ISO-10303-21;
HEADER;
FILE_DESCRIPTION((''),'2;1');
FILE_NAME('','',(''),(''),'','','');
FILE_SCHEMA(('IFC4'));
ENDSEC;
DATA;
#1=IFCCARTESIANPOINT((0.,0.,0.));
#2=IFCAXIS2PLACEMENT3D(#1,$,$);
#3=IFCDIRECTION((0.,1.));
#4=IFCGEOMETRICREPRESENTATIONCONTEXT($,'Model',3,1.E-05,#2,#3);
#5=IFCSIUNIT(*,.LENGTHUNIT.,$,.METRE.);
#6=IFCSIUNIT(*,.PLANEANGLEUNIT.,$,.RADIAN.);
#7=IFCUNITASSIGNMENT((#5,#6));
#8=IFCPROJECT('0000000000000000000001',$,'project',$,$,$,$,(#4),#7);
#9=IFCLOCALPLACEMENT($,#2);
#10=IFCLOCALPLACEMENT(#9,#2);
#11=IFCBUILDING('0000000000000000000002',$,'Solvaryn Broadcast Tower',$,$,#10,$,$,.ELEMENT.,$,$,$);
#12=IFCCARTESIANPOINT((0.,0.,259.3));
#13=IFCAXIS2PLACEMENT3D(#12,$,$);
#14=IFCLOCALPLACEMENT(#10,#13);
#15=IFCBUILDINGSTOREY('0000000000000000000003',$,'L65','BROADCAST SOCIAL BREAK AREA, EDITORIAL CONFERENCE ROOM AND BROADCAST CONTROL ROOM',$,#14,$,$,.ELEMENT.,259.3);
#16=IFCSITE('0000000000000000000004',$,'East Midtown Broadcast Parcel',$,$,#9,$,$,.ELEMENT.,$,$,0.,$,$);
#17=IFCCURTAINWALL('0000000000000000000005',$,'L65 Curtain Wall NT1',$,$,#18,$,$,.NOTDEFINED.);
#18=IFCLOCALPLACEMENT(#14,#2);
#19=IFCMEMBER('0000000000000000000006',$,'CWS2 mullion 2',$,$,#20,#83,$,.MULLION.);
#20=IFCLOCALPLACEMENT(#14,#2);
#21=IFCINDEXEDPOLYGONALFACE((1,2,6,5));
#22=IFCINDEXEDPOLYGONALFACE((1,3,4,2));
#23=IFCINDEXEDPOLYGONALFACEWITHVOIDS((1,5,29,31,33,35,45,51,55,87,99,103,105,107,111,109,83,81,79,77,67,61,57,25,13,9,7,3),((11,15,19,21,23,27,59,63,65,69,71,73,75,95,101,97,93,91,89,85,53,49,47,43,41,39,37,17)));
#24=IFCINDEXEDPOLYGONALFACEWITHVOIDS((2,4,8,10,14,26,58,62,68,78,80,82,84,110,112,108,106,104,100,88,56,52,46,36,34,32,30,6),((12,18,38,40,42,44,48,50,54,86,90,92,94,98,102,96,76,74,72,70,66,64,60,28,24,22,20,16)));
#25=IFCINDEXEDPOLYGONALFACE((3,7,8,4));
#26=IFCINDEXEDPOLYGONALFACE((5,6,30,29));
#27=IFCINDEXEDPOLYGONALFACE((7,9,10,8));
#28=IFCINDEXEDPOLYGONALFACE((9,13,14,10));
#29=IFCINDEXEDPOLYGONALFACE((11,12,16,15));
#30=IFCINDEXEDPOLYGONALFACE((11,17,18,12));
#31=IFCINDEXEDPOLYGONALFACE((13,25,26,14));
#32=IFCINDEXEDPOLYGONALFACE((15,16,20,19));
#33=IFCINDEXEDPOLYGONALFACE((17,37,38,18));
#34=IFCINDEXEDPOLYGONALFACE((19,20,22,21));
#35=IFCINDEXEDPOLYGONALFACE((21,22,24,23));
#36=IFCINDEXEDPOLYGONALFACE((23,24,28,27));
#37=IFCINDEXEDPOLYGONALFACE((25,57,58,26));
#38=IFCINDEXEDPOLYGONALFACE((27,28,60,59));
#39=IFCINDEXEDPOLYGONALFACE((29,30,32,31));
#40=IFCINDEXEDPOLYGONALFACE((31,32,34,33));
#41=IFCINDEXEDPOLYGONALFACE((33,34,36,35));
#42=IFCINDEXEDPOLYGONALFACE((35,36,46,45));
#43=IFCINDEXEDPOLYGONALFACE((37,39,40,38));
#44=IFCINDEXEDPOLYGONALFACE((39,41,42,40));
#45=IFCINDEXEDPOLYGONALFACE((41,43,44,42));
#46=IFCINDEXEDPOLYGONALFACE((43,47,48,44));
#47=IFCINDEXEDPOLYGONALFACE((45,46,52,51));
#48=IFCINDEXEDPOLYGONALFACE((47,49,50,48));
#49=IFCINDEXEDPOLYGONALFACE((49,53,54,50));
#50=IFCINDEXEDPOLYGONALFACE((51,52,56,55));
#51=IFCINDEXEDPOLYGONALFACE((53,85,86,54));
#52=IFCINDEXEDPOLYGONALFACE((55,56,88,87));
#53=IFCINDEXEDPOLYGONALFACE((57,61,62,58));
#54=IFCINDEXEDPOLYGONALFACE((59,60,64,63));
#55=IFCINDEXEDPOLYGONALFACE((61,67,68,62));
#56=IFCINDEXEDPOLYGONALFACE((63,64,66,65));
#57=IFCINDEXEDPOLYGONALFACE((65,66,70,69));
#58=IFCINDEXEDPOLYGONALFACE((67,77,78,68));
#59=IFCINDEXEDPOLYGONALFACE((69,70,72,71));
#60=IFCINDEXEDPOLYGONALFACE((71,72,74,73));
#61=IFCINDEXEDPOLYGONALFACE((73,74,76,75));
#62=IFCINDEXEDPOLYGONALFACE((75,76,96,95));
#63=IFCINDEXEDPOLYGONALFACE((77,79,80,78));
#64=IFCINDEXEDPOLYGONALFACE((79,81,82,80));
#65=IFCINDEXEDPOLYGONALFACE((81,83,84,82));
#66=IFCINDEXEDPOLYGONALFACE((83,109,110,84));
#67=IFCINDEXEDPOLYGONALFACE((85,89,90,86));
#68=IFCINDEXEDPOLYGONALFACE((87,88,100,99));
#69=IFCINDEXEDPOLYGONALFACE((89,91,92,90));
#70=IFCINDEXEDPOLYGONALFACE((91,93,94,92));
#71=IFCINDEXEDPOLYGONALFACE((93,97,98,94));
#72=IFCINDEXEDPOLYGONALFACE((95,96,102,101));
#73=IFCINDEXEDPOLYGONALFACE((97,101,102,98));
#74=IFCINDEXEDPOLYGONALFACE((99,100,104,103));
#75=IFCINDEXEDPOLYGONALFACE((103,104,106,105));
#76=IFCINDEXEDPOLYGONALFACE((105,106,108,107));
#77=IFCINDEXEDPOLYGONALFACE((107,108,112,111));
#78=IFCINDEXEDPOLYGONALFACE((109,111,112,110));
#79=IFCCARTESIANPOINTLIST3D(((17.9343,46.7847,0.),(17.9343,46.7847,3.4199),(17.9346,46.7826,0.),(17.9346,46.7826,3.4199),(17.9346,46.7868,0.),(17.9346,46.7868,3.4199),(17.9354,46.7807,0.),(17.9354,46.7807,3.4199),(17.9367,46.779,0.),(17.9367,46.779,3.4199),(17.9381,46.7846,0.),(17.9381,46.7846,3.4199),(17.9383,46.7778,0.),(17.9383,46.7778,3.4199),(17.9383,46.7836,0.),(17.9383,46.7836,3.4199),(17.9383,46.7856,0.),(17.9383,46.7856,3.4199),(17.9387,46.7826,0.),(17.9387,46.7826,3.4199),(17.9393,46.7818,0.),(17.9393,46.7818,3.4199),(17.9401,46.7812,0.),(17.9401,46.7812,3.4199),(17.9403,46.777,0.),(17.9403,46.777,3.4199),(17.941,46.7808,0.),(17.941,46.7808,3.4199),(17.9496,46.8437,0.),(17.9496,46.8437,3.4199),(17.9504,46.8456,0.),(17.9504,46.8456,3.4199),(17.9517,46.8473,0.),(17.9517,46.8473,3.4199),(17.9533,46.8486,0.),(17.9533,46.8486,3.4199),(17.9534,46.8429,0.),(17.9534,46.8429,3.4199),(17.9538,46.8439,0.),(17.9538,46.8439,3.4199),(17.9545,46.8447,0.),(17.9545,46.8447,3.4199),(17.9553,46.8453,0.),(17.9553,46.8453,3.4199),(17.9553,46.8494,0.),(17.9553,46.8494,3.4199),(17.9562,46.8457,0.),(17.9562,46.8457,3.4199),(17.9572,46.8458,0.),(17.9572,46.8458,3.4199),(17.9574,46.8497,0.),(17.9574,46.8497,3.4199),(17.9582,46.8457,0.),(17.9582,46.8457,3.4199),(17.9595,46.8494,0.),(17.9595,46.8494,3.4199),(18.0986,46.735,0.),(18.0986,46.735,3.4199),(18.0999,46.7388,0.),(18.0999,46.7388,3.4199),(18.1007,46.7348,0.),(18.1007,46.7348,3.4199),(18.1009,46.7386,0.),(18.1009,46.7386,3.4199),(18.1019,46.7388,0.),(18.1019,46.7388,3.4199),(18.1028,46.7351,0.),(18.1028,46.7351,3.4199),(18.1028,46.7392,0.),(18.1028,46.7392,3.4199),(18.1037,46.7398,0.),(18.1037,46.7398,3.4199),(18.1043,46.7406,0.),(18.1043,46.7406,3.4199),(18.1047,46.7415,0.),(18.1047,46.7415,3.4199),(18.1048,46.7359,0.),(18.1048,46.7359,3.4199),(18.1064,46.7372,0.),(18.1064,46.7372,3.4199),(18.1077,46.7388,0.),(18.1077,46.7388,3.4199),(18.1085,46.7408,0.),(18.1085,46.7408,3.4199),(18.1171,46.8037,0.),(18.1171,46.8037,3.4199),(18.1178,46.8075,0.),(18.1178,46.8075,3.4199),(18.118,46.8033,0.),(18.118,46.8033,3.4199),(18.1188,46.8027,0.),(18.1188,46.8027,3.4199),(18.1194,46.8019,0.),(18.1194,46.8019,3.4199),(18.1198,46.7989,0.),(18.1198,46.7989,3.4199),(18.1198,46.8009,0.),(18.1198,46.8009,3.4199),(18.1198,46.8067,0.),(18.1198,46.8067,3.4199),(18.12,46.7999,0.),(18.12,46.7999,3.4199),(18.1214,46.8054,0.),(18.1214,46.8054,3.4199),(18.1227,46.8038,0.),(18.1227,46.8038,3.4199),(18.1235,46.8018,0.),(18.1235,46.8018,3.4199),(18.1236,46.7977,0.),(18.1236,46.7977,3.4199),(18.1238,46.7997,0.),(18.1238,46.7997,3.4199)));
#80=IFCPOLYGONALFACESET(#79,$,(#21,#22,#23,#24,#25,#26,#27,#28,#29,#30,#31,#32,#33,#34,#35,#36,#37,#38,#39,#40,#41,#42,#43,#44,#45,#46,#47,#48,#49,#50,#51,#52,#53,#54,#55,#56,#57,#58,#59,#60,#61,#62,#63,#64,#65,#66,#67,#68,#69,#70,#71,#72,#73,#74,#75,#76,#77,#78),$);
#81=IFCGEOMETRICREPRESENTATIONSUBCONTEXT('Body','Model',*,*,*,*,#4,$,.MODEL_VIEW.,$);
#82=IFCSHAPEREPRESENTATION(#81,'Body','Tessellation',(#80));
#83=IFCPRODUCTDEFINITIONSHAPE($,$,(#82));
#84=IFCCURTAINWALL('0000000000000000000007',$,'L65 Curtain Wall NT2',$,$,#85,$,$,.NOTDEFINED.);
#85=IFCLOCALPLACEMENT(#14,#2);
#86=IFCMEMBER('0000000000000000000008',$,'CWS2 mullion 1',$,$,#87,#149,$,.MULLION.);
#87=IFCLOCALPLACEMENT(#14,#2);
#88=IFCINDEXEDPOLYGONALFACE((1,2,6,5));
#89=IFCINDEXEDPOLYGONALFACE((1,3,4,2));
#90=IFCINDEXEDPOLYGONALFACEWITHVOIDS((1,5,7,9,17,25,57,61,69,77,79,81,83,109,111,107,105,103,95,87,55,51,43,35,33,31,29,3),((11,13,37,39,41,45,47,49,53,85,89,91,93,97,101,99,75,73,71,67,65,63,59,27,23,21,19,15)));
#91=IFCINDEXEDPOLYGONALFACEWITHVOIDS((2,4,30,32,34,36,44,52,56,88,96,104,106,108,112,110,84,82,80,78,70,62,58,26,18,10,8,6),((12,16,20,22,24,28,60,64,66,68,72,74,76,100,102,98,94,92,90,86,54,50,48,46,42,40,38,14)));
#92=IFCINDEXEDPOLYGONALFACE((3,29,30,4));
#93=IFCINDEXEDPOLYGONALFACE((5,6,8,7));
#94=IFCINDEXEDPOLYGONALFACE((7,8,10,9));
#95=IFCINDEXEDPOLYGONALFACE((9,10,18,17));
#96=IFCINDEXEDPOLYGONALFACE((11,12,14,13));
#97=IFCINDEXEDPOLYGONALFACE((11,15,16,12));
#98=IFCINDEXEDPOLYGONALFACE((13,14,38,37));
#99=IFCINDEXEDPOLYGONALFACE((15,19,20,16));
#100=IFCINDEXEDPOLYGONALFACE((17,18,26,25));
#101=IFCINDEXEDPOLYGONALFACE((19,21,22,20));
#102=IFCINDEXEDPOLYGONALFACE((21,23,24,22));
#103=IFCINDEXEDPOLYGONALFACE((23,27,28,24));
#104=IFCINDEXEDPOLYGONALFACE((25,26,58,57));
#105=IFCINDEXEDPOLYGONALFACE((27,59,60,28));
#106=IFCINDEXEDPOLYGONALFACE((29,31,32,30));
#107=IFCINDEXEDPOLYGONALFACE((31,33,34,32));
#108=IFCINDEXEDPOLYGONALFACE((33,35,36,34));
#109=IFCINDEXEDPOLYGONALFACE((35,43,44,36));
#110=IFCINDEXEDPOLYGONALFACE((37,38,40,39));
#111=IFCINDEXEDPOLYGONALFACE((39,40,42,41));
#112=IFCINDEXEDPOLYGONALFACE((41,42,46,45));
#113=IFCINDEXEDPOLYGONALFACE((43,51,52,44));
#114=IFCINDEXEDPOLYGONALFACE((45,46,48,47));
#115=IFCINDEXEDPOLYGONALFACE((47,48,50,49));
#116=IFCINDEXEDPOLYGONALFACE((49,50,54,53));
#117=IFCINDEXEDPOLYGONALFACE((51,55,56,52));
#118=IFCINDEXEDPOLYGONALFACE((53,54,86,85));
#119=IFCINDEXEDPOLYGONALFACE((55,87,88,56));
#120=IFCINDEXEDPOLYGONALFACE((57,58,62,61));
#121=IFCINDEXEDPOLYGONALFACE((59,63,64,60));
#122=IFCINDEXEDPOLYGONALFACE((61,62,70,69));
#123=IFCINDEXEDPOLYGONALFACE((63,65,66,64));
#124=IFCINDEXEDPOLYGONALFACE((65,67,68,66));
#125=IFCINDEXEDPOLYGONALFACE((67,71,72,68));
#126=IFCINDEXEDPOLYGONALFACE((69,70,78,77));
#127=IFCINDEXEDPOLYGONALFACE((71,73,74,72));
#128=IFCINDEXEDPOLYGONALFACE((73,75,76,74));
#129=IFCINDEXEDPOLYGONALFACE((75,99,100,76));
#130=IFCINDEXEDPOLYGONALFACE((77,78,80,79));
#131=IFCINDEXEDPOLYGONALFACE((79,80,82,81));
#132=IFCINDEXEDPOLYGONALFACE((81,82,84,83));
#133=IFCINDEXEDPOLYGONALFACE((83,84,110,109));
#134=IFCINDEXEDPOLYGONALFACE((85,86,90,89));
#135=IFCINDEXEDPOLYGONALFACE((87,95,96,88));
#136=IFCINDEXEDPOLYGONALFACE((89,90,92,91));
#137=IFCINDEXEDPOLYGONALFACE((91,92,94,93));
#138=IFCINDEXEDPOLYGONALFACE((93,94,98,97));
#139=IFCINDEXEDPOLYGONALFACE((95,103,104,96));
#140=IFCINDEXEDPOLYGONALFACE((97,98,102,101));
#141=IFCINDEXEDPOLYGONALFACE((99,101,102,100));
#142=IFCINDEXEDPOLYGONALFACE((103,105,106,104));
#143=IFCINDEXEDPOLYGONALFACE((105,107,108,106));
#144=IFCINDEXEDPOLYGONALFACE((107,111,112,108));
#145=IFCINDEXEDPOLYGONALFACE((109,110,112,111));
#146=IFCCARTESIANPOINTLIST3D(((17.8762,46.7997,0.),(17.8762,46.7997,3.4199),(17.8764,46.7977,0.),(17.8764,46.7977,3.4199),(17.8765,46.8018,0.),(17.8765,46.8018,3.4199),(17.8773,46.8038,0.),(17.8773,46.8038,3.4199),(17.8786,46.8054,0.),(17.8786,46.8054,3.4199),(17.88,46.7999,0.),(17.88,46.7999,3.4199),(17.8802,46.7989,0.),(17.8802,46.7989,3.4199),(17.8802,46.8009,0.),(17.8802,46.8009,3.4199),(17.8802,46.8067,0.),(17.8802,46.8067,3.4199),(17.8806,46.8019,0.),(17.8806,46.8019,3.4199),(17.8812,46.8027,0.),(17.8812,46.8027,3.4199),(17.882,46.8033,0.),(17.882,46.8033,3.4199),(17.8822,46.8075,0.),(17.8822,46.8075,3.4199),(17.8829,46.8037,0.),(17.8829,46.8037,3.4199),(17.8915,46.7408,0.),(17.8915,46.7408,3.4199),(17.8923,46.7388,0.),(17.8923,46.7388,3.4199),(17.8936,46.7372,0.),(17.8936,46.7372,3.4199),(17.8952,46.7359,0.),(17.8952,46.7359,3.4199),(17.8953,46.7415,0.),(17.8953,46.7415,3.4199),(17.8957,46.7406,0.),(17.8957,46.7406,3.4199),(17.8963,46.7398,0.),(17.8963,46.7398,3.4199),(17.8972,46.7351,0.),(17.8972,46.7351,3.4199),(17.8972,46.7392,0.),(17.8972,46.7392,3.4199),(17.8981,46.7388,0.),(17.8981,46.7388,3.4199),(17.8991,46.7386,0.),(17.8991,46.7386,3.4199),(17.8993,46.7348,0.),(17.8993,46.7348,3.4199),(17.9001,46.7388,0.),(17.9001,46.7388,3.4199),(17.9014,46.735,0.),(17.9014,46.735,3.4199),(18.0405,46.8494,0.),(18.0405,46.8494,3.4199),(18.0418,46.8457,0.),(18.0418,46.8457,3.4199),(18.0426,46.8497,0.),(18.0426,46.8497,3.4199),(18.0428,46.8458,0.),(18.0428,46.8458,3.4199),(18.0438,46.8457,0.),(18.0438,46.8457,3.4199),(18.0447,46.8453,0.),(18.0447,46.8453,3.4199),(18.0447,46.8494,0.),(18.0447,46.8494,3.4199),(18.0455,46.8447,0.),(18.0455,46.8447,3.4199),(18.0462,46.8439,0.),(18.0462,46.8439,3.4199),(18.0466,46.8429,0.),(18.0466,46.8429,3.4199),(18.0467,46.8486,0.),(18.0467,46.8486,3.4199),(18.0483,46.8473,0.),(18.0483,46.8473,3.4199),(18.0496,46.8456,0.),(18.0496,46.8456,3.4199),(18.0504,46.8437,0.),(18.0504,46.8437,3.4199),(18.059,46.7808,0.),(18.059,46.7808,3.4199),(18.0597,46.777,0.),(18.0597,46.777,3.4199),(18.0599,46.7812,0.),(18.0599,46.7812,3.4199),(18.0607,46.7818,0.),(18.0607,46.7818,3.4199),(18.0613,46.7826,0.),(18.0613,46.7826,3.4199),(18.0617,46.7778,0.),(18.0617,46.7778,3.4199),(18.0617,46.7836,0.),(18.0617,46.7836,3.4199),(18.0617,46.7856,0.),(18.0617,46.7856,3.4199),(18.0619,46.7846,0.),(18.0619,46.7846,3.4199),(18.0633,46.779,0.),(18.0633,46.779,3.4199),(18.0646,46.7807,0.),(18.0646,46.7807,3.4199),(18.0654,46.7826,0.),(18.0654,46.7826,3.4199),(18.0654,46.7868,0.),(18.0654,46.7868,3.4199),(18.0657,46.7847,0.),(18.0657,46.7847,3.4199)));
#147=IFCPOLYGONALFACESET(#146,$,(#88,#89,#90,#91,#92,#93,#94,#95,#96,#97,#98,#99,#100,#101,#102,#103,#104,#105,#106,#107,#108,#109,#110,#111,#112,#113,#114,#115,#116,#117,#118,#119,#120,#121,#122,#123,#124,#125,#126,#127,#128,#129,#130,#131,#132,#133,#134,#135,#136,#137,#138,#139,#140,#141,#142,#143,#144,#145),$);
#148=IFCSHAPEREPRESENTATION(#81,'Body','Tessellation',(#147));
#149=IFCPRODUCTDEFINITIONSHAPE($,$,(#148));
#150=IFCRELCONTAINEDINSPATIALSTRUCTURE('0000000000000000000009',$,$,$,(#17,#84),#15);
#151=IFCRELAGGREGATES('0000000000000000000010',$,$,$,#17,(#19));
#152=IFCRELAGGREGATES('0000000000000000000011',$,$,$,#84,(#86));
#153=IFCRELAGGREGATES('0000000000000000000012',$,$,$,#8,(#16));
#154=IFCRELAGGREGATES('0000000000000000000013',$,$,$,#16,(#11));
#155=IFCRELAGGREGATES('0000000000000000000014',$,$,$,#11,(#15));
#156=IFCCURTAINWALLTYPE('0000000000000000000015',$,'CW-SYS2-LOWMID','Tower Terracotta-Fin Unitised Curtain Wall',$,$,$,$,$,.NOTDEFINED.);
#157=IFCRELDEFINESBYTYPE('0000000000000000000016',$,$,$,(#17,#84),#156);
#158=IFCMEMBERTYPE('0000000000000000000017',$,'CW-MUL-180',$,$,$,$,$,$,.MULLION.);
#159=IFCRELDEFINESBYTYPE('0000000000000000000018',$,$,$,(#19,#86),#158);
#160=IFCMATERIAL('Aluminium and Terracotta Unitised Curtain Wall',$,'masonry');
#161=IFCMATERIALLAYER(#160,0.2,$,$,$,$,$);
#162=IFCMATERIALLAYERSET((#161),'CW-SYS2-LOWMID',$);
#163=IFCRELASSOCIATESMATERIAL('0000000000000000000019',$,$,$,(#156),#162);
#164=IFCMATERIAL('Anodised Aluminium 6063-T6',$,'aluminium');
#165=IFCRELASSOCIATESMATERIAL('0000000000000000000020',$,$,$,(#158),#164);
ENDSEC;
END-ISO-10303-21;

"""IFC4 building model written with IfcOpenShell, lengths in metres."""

from ifc_helpers import new_model, si_unit, direction, frame, origin, origin_2d, place, context, subcontext, project, spatial, hollow_rectangle, extrude, material, layer, layer_set, material_profile, profile_set, type_object, element, aggregate, save


model = new_model("IFC4")

# Units and contexts
model_context = context("Model", 3, precision=1e-05, world=origin(), true_north=direction((0.0, 1.0)))
body_context = subcontext(model_context, "Body", "Model", "MODEL_VIEW")
ifc_project = project(units=[si_unit("LENGTHUNIT", "METRE"), si_unit("PLANEANGLEUNIT", "RADIAN")], contexts=[model_context])

# Site, building, storey
site_placement = place(None, origin())
site = spatial("IfcSite", under=ifc_project, at=site_placement, Name="East Midtown Broadcast Parcel", CompositionType="ELEMENT", RefElevation=0.0)
building_placement = place(site_placement, origin())
building = spatial("IfcBuilding", under=site, at=building_placement, Name="Solvaryn Broadcast Tower", CompositionType="ELEMENT")
storey_placement = place(building_placement, frame((0.0, 0.0, 259.3)))
storey = spatial("IfcBuildingStorey", under=building, at=storey_placement, Name="L65", Description="BROADCAST SOCIAL BREAK AREA, EDITORIAL CONFERENCE ROOM AND BROADCAST CONTROL ROOM", CompositionType="ELEMENT", Elevation=259.3)

# Curtain wall, member
ifc_material_1 = material(Name="Aluminium and Terracotta Unitised Curtain Wall", Category="masonry")
ifc_layer_1 = layer(ifc_material_1, 0.2)
ifc_layer_set_1 = layer_set([ifc_layer_1], Name="CW-SYS2-LOWMID")
curtain_wall_type = type_object("IfcCurtainWallType", Name="CW-SYS2-LOWMID", Description="Tower Terracotta-Fin Unitised Curtain Wall", PredefinedType="NOTDEFINED", material=ifc_layer_set_1)
ifc_material_2 = material(Name="Anodised Aluminium 6063-T6", Category="aluminium")
ifc_material_profile_1 = material_profile(ifc_material_2, hollow_rectangle(XDim=0.075, YDim=0.1799, WallThickness=0.0039, InnerFilletRadius=0.0039, OuterFilletRadius=0.0081, at=origin_2d()))
ifc_profile_set_1 = profile_set([ifc_material_profile_1], Name="Anodised Aluminium 6063-T6")
member_type_1 = type_object("IfcMemberType", Name="CW-MUL-180", PredefinedType="MULLION", material=ifc_profile_set_1)
curtain_wall_1_placement = place(storey_placement, origin())
curtain_wall_1 = element("IfcCurtainWall", 1, at=curtain_wall_1_placement, inside=storey, type_object=curtain_wall_type, Name="L65 Curtain Wall NT1", PredefinedType="NOTDEFINED")
member_1_placement = place(storey_placement, frame((18.0291, 46.7922, 0.0), z_axis=(0.0, 0.0, 1.0), x_axis=(-0.255893, -0.966705, 0.0)))
member_1 = element("IfcMember", 2, at=member_1_placement, type_object=member_type_1, Name="CWS2 mullion 2", PredefinedType="MULLION", context=body_context, shape_type="SweptSolid", body=[
    extrude(hollow_rectangle(XDim=0.075, YDim=0.1799, WallThickness=0.0039, InnerFilletRadius=0.0039, OuterFilletRadius=0.0081, at=origin_2d()), origin(), (0.0, 0.0, 1.0), 3.4199),
])

# Curtain wall, member
curtain_wall_2_placement = place(storey_placement, origin())
curtain_wall_2 = element("IfcCurtainWall", 3, at=curtain_wall_2_placement, inside=storey, type_object=curtain_wall_type, Name="L65 Curtain Wall NT2", PredefinedType="NOTDEFINED")
member_2_placement = place(storey_placement, frame((17.9709, 46.7922, 0.0), z_axis=(0.0, 0.0, 1.0), x_axis=(0.255893, -0.966705, 0.0)))
member_2 = element("IfcMember", 4, at=member_2_placement, type_object=member_type_1, Name="CWS2 mullion 1", PredefinedType="MULLION", context=body_context, shape_type="SweptSolid", body=[
    extrude(hollow_rectangle(XDim=0.075, YDim=0.1799, WallThickness=0.0039, InnerFilletRadius=0.0039, OuterFilletRadius=0.0081, at=origin_2d()), origin(), (0.0, 0.0, 1.0), 3.4199),
])

aggregate(curtain_wall_1, [member_1])
aggregate(curtain_wall_2, [member_2])

save(model, "model.ifc")
